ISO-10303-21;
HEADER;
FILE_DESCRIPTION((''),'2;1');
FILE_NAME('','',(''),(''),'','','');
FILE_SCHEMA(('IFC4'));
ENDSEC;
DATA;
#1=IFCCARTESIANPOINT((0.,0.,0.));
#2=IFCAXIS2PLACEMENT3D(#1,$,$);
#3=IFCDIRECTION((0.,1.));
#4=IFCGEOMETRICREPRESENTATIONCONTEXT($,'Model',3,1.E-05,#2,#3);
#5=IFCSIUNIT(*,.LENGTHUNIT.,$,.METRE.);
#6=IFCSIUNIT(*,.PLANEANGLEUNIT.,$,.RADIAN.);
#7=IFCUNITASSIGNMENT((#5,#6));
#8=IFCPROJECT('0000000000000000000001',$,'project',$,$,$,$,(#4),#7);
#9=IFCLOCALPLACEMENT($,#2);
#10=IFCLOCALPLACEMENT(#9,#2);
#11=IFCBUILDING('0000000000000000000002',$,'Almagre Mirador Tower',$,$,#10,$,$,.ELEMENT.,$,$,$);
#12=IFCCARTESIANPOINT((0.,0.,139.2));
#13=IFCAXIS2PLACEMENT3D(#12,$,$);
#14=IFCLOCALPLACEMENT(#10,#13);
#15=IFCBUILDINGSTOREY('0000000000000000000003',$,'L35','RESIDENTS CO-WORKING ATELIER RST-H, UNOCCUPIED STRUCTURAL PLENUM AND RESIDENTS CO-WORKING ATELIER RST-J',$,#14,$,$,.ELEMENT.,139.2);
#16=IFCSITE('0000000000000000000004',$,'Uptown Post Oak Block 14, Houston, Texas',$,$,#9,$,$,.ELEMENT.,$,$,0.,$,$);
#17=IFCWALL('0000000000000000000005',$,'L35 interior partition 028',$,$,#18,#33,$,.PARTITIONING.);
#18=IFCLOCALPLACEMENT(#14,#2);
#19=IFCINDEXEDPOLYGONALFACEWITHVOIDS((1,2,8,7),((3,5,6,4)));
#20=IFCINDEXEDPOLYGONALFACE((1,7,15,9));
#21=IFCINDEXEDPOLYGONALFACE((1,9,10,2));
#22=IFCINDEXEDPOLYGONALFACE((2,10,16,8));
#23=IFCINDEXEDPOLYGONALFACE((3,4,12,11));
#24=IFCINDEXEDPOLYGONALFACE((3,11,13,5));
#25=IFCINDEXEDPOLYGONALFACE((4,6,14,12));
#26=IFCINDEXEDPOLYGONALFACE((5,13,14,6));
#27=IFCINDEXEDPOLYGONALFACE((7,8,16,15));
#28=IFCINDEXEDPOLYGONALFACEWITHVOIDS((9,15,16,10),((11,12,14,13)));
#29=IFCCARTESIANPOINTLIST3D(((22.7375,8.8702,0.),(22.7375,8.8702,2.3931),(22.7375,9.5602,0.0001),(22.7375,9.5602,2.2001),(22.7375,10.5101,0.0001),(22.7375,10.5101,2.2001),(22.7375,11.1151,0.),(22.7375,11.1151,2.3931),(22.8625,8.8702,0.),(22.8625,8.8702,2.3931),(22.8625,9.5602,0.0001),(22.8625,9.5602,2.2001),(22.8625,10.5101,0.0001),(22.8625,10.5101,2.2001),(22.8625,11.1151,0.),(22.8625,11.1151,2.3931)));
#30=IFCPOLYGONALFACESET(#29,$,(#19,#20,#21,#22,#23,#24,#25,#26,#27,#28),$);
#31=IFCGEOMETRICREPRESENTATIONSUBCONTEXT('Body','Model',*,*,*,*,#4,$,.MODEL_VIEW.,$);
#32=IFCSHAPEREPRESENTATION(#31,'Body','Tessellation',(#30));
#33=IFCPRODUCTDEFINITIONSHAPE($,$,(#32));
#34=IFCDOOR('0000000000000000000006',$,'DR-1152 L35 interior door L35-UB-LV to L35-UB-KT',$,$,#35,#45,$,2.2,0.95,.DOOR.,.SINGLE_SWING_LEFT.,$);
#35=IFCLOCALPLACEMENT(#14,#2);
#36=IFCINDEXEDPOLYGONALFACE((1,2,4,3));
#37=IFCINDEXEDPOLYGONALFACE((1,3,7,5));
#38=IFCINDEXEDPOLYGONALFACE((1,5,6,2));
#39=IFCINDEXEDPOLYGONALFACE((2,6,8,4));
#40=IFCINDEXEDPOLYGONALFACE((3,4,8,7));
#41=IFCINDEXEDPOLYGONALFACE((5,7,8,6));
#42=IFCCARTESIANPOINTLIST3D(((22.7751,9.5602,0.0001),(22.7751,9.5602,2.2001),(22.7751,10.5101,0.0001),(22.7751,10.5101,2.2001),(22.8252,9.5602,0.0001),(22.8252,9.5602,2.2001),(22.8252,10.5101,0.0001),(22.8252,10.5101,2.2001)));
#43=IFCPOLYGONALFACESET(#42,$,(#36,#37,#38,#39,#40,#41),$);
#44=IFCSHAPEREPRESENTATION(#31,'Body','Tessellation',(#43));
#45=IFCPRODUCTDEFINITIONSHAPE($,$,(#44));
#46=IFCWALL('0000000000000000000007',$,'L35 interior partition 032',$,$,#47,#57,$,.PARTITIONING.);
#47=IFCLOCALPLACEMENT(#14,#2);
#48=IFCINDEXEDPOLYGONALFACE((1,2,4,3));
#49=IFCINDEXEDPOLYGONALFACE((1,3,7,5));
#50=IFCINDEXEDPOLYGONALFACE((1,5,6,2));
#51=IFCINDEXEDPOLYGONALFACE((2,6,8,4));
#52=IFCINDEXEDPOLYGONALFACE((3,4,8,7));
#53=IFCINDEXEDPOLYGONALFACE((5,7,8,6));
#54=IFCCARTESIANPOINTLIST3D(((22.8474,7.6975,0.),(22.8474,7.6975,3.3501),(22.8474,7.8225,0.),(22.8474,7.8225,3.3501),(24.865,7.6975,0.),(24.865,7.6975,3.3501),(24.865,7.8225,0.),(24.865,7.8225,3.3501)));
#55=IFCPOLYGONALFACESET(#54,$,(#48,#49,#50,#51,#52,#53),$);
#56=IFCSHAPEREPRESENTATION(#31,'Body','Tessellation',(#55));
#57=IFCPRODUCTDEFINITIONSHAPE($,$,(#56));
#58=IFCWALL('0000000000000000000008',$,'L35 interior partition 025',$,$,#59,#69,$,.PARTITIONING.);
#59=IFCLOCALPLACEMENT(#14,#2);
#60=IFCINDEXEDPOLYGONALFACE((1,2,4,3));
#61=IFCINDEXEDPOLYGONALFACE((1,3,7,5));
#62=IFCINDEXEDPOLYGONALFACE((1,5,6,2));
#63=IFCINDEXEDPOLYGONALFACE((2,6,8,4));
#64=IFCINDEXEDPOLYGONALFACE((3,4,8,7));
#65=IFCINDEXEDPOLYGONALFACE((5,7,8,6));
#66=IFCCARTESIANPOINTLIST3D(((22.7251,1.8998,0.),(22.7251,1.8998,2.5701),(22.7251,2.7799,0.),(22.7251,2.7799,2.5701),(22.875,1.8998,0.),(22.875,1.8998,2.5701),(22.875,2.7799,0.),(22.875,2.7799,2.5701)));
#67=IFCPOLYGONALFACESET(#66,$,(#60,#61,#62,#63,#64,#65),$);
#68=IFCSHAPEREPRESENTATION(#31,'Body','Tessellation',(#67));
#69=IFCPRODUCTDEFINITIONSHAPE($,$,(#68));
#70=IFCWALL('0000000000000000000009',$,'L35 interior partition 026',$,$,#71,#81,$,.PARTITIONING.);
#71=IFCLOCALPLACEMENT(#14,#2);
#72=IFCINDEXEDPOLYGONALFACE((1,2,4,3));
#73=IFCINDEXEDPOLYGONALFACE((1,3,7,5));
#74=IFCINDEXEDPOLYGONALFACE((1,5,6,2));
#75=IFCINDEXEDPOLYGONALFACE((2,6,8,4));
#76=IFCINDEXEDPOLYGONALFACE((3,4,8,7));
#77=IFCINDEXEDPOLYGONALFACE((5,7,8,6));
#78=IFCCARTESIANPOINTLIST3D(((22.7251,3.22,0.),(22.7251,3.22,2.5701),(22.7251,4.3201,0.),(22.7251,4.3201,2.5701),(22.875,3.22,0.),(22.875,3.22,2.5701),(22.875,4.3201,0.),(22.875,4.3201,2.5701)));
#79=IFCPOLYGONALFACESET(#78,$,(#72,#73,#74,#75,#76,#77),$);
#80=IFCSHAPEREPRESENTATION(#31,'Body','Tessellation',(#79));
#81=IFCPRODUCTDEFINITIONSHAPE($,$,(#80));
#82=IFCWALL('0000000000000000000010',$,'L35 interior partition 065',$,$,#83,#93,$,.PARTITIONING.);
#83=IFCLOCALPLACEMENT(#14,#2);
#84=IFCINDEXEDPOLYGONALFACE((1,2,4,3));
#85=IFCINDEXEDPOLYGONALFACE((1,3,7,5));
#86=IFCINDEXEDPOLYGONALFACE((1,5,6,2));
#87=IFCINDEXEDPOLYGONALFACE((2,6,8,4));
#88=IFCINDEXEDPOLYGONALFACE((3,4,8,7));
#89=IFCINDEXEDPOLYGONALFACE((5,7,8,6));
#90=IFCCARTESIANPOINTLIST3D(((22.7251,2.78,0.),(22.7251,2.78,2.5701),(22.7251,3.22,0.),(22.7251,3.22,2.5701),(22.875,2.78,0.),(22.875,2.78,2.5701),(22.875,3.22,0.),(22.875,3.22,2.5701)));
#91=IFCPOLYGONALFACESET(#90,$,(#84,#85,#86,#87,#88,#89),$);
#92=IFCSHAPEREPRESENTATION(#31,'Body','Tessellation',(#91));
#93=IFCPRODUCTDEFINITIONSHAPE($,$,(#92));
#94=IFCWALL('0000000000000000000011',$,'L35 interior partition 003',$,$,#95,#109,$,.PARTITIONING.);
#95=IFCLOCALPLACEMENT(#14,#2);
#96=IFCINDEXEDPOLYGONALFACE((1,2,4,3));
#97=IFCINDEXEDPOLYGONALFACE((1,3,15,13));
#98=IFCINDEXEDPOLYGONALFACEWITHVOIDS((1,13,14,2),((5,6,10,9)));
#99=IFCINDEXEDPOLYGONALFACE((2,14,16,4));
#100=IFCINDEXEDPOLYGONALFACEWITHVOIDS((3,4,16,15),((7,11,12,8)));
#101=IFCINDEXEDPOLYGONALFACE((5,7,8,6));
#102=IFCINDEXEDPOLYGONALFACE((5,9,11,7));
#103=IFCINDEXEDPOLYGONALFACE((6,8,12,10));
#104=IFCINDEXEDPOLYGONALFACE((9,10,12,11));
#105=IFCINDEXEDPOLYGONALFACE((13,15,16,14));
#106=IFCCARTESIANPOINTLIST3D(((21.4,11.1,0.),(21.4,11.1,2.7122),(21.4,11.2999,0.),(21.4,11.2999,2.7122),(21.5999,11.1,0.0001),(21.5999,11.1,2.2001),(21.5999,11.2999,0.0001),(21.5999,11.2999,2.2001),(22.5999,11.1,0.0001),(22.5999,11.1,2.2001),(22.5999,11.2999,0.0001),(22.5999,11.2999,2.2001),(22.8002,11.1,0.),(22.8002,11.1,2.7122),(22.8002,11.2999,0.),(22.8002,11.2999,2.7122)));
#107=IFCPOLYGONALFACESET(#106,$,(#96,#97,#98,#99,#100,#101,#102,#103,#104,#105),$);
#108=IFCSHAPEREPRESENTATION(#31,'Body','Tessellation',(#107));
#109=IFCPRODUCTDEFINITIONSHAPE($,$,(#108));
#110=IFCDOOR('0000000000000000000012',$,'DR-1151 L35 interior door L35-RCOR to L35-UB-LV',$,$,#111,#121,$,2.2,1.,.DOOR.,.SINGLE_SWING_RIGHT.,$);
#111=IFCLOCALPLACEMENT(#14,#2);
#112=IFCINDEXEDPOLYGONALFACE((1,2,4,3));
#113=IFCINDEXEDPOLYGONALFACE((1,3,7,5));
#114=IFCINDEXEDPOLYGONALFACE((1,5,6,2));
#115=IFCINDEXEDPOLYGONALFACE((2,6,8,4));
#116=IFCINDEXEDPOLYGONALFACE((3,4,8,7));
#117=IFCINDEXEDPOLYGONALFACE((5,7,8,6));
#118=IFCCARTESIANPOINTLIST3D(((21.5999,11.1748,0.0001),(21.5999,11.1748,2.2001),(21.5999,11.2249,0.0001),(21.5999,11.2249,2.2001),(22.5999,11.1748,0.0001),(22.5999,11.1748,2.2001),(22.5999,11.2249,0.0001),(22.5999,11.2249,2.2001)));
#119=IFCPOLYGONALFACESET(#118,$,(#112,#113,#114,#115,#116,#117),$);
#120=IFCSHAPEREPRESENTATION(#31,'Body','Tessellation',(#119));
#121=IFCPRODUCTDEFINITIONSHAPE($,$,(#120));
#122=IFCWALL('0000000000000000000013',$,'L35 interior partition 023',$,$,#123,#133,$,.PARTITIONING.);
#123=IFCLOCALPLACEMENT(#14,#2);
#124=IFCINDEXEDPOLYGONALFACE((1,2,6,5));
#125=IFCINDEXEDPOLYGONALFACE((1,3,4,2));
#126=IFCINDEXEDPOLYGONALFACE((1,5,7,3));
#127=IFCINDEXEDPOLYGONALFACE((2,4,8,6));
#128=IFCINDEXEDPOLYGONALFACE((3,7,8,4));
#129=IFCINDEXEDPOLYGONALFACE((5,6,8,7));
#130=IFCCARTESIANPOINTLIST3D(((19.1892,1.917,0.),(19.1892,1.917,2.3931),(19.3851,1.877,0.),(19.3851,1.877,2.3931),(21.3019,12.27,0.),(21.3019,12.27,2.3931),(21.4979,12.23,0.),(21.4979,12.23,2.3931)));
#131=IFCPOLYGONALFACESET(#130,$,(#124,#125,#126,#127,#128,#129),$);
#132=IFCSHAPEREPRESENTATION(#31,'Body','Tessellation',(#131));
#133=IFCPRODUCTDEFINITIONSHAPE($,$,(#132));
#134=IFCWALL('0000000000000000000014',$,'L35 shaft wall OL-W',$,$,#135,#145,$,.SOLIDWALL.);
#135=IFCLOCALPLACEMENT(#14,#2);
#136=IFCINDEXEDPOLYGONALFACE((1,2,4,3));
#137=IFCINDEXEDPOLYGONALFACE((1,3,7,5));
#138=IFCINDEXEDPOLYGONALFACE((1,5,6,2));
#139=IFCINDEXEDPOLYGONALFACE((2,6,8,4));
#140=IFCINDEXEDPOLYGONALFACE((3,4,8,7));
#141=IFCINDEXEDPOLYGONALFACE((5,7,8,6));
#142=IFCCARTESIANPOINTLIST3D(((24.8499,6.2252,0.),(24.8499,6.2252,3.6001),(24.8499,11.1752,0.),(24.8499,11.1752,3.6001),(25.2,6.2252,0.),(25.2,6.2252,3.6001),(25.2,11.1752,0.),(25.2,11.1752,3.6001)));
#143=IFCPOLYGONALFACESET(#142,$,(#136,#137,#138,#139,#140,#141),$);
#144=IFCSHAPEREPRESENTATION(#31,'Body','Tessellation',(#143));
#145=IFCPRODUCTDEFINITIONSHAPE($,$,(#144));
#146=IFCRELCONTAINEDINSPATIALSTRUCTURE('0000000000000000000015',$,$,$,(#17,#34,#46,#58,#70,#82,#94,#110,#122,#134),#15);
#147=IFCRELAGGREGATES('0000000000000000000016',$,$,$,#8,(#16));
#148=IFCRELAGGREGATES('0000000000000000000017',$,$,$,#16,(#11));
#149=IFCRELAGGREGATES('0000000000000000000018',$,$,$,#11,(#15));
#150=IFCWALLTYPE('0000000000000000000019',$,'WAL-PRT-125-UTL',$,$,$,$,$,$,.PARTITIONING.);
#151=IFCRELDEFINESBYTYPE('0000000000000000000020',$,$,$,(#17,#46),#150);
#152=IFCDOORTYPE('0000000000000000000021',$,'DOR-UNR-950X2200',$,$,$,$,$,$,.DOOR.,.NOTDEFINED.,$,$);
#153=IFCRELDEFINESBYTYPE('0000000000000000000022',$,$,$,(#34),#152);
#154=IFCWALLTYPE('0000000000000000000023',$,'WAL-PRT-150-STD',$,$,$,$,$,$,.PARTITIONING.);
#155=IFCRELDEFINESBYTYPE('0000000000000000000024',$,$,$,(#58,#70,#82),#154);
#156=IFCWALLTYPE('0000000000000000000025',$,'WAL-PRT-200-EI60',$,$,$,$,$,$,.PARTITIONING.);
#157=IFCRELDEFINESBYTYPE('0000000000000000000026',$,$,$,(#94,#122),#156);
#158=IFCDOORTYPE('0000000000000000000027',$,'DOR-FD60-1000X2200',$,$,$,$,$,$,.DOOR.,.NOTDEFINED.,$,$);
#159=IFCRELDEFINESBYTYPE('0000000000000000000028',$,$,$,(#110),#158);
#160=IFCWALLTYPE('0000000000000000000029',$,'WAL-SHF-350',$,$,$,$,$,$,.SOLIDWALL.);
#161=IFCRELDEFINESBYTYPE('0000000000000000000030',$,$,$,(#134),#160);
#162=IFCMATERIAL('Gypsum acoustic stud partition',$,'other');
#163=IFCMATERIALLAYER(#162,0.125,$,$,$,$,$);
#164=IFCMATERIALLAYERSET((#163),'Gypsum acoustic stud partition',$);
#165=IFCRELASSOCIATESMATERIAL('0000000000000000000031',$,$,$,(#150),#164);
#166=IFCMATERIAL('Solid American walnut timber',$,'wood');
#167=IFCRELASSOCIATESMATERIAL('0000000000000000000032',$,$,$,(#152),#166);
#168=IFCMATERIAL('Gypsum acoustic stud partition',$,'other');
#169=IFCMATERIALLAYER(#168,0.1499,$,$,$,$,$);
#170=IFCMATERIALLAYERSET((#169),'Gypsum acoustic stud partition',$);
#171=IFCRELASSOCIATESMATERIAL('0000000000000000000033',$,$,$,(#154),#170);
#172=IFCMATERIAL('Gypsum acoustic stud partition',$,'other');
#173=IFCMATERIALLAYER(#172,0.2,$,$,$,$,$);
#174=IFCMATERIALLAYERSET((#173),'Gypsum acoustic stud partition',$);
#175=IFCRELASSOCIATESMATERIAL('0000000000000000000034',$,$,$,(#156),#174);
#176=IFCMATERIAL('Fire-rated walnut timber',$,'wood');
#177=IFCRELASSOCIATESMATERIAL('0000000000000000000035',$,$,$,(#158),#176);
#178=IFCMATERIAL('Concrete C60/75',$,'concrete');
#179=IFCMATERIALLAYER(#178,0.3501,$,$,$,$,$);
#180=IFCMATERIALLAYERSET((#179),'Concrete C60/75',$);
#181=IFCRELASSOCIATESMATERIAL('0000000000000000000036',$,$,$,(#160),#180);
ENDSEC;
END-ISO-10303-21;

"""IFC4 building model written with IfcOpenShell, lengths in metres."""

from ifc_helpers import new_model, si_unit, direction, frame, frame_2d, origin, place, context, subcontext, project, spatial, rectangle, extrude, material, layer, layer_set, type_object, element, fill, save


model = new_model("IFC4")

# Units and contexts
model_context = context("Model", 3, precision=1e-05, world=origin(), true_north=direction((0.0, 1.0)))
body_context = subcontext(model_context, "Body", "Model", "MODEL_VIEW")
ifc_project = project(units=[si_unit("LENGTHUNIT", "METRE"), si_unit("PLANEANGLEUNIT", "RADIAN")], contexts=[model_context])

# Site, building, storey
site_placement = place(None, origin())
site = spatial("IfcSite", under=ifc_project, at=site_placement, Name="Uptown Post Oak Block 14, Houston, Texas", CompositionType="ELEMENT", RefElevation=0.0)
building_placement = place(site_placement, origin())
building = spatial("IfcBuilding", under=site, at=building_placement, Name="Almagre Mirador Tower", CompositionType="ELEMENT")
storey_placement = place(building_placement, frame((0.0, 0.0, 139.2)))
storey = spatial("IfcBuildingStorey", under=building, at=storey_placement, Name="L35", Description="RESIDENTS CO-WORKING ATELIER RST-H, UNOCCUPIED STRUCTURAL PLENUM AND RESIDENTS CO-WORKING ATELIER RST-J", CompositionType="ELEMENT", Elevation=139.2)

# Shared definitions
ifc_material_1 = material(Name="Gypsum acoustic stud partition", Category="other")
ifc_layer_1 = layer(ifc_material_1, 0.125)
ifc_layer_set_1 = layer_set([ifc_layer_1], Name="Gypsum acoustic stud partition")
wall_type_1 = type_object("IfcWallType", Name="WAL-PRT-125-UTL", PredefinedType="PARTITIONING", material=ifc_layer_set_1)

# Wall, opening, door
wall_1_placement = place(storey_placement, frame((22.8, 8.8701, 0.0), z_axis=(0.0, 0.0, 1.0), x_axis=(0.0, 1.0, 0.0)))
wall_1 = element("IfcWall", 1, at=wall_1_placement, inside=storey, type_object=wall_type_1, Name="L35 interior partition 028", PredefinedType="PARTITIONING", context=body_context, shape_type="SweptSolid", body=[
    extrude(rectangle(XDim=2.2449, YDim=0.125, at=frame_2d((1.1226, 0.0))), origin(), (0.0, 0.0, 1.0), 2.3931),
])
opening_1_placement = place(wall_1_placement, frame((0.6899, 0.0, 0.0)))
opening_1 = element("IfcOpeningElement", 2, at=opening_1_placement, cuts=wall_1, PredefinedType="OPENING", context=body_context, shape_type="SweptSolid", body=[
    extrude(rectangle(XDim=0.95, YDim=2.2, at=frame_2d((0.4751, 1.1001))), frame((0.0, 0.0725, 0.0), z_axis=(0.0, -1.0, 0.0), x_axis=(1.0, 0.0, 0.0)), (0.0, 0.0, 1.0), 0.145),
])
ifc_material_2 = material(Name="Solid American walnut timber", Category="wood")
door_type_1 = type_object("IfcDoorType", Name="DOR-UNR-950X2200", OperationType="NOTDEFINED", PredefinedType="DOOR", material=ifc_material_2)
door_1_placement = place(opening_1_placement, origin())
door_1 = element("IfcDoor", 3, at=door_1_placement, inside=storey, type_object=door_type_1, Name="DR-1152 L35 interior door L35-UB-LV to L35-UB-KT", OperationType="SINGLE_SWING_LEFT", OverallHeight=2.2, OverallWidth=0.95, PredefinedType="DOOR", context=body_context, shape_type="SweptSolid", body=[
    extrude(rectangle(XDim=0.95, YDim=2.2, at=frame_2d((0.4751, 1.1001))), frame((0.0, 0.0249, 0.0), z_axis=(0.0, -1.0, 0.0), x_axis=(1.0, 0.0, 0.0)), (0.0, 0.0, 1.0), 0.05),
])
fill(opening_1, door_1)

# Walls
wall_2_placement = place(storey_placement, frame((22.8474, 7.76, 0.0), z_axis=(0.0, 0.0, 1.0), x_axis=(1.0, 0.0, 0.0)))
element("IfcWall", 4, at=wall_2_placement, inside=storey, type_object=wall_type_1, Name="L35 interior partition 032", PredefinedType="PARTITIONING", context=body_context, shape_type="SweptSolid", body=[
    extrude(rectangle(XDim=2.0176, YDim=0.125, at=frame_2d((1.0088, 0.0))), origin(), (0.0, 0.0, 1.0), 3.3501),
])
ifc_material_3 = material(Name="Gypsum acoustic stud partition", Category="other")
ifc_layer_2 = layer(ifc_material_3, 0.1499)
ifc_layer_set_2 = layer_set([ifc_layer_2], Name="Gypsum acoustic stud partition")
wall_type_2 = type_object("IfcWallType", Name="WAL-PRT-150-STD", PredefinedType="PARTITIONING", material=ifc_layer_set_2)
wall_3_placement = place(storey_placement, frame((22.8, 1.8999, 0.0), z_axis=(0.0, 0.0, 1.0), x_axis=(0.0, 1.0, 0.0)))
element("IfcWall", 5, at=wall_3_placement, inside=storey, type_object=wall_type_2, Name="L35 interior partition 025", PredefinedType="PARTITIONING", context=body_context, shape_type="SweptSolid", body=[
    extrude(rectangle(XDim=0.8801, YDim=0.1499, at=frame_2d((0.4399, 0.0))), origin(), (0.0, 0.0, 1.0), 2.5701),
])
wall_4_placement = place(storey_placement, frame((22.8, 3.22, 0.0), z_axis=(0.0, 0.0, 1.0), x_axis=(0.0, 1.0, 0.0)))
element("IfcWall", 6, at=wall_4_placement, inside=storey, type_object=wall_type_2, Name="L35 interior partition 026", PredefinedType="PARTITIONING", context=body_context, shape_type="SweptSolid", body=[
    extrude(rectangle(XDim=1.1001, YDim=0.1499, at=frame_2d((0.55, 0.0))), origin(), (0.0, 0.0, 1.0), 2.5701),
])
wall_5_placement = place(storey_placement, frame((22.8, 3.22, 0.0), z_axis=(0.0, 0.0, 1.0), x_axis=(0.0, -1.0, 0.0)))
element("IfcWall", 7, at=wall_5_placement, inside=storey, type_object=wall_type_2, Name="L35 interior partition 065", PredefinedType="PARTITIONING", context=body_context, shape_type="SweptSolid", body=[
    extrude(rectangle(XDim=0.4399, YDim=0.1499, at=frame_2d((0.22, 0.0))), origin(), (0.0, 0.0, 1.0), 2.5701),
])

# Wall, opening, door
ifc_material_4 = material(Name="Gypsum acoustic stud partition", Category="other")
ifc_layer_3 = layer(ifc_material_4, 0.2)
ifc_layer_set_3 = layer_set([ifc_layer_3], Name="Gypsum acoustic stud partition")
wall_type_3 = type_object("IfcWallType", Name="WAL-PRT-200-EI60", PredefinedType="PARTITIONING", material=ifc_layer_set_3)
wall_6_placement = place(storey_placement, frame((21.3999, 11.2, 0.0), z_axis=(0.0, 0.0, 1.0), x_axis=(1.0, 0.0, 0.0)))
wall_6 = element("IfcWall", 8, at=wall_6_placement, inside=storey, type_object=wall_type_3, Name="L35 interior partition 003", PredefinedType="PARTITIONING", context=body_context, shape_type="SweptSolid", body=[
    extrude(rectangle(XDim=1.4001, YDim=0.2, at=frame_2d((0.7002, 0.0))), origin(), (0.0, 0.0, 1.0), 2.7122),
])
opening_2_placement = place(wall_6_placement, frame((0.2, 0.0, 0.0)))
opening_2 = element("IfcOpeningElement", 9, at=opening_2_placement, cuts=wall_6, PredefinedType="OPENING", context=body_context, shape_type="SweptSolid", body=[
    extrude(rectangle(XDim=1.0, YDim=2.2, at=frame_2d((0.5, 1.1001))), frame((0.0, 0.1101, 0.0), z_axis=(0.0, -1.0, 0.0), x_axis=(1.0, 0.0, 0.0)), (0.0, 0.0, 1.0), 0.22),
])
ifc_material_5 = material(Name="Fire-rated walnut timber", Category="wood")
door_type_2 = type_object("IfcDoorType", Name="DOR-FD60-1000X2200", OperationType="NOTDEFINED", PredefinedType="DOOR", material=ifc_material_5)
door_2_placement = place(opening_2_placement, origin())
door_2 = element("IfcDoor", 10, at=door_2_placement, inside=storey, type_object=door_type_2, Name="DR-1151 L35 interior door L35-RCOR to L35-UB-LV", OperationType="SINGLE_SWING_RIGHT", OverallHeight=2.2, OverallWidth=1.0, PredefinedType="DOOR", context=body_context, shape_type="SweptSolid", body=[
    extrude(rectangle(XDim=1.0, YDim=2.2, at=frame_2d((0.5, 1.1001))), frame((0.0, 0.0249, 0.0), z_axis=(0.0, -1.0, 0.0), x_axis=(1.0, 0.0, 0.0)), (0.0, 0.0, 1.0), 0.05),
])
fill(opening_2, door_2)

# Walls
wall_7_placement = place(storey_placement, frame((19.2871, 1.897, 0.0), z_axis=(0.0, 0.0, 1.0), x_axis=(0.199954, 0.979805, 0.0)))
element("IfcWall", 11, at=wall_7_placement, inside=storey, type_object=wall_type_3, Name="L35 interior partition 023", PredefinedType="PARTITIONING", context=body_context, shape_type="SweptSolid", body=[
    extrude(rectangle(XDim=10.5664, YDim=0.2, at=frame_2d((5.2832, 0.0))), origin(), (0.0, 0.0, 1.0), 2.3931),
])
ifc_material_6 = material(Name="Concrete C60/75", Category="concrete")
ifc_layer_4 = layer(ifc_material_6, 0.3501)
ifc_layer_set_4 = layer_set([ifc_layer_4], Name="Concrete C60/75")
wall_type_4 = type_object("IfcWallType", Name="WAL-SHF-350", PredefinedType="SOLIDWALL", material=ifc_layer_set_4)
wall_8_placement = place(storey_placement, frame((25.0249, 6.2251, 0.0), z_axis=(0.0, 0.0, 1.0), x_axis=(0.0, 1.0, 0.0)))
element("IfcWall", 12, at=wall_8_placement, inside=storey, type_object=wall_type_4, Name="L35 shaft wall OL-W", PredefinedType="SOLIDWALL", context=body_context, shape_type="SweptSolid", body=[
    extrude(rectangle(XDim=4.95, YDim=0.3501, at=frame_2d((2.4751, 0.0))), origin(), (0.0, 0.0, 1.0), 3.6001),
])

save(model, "model.ifc")
